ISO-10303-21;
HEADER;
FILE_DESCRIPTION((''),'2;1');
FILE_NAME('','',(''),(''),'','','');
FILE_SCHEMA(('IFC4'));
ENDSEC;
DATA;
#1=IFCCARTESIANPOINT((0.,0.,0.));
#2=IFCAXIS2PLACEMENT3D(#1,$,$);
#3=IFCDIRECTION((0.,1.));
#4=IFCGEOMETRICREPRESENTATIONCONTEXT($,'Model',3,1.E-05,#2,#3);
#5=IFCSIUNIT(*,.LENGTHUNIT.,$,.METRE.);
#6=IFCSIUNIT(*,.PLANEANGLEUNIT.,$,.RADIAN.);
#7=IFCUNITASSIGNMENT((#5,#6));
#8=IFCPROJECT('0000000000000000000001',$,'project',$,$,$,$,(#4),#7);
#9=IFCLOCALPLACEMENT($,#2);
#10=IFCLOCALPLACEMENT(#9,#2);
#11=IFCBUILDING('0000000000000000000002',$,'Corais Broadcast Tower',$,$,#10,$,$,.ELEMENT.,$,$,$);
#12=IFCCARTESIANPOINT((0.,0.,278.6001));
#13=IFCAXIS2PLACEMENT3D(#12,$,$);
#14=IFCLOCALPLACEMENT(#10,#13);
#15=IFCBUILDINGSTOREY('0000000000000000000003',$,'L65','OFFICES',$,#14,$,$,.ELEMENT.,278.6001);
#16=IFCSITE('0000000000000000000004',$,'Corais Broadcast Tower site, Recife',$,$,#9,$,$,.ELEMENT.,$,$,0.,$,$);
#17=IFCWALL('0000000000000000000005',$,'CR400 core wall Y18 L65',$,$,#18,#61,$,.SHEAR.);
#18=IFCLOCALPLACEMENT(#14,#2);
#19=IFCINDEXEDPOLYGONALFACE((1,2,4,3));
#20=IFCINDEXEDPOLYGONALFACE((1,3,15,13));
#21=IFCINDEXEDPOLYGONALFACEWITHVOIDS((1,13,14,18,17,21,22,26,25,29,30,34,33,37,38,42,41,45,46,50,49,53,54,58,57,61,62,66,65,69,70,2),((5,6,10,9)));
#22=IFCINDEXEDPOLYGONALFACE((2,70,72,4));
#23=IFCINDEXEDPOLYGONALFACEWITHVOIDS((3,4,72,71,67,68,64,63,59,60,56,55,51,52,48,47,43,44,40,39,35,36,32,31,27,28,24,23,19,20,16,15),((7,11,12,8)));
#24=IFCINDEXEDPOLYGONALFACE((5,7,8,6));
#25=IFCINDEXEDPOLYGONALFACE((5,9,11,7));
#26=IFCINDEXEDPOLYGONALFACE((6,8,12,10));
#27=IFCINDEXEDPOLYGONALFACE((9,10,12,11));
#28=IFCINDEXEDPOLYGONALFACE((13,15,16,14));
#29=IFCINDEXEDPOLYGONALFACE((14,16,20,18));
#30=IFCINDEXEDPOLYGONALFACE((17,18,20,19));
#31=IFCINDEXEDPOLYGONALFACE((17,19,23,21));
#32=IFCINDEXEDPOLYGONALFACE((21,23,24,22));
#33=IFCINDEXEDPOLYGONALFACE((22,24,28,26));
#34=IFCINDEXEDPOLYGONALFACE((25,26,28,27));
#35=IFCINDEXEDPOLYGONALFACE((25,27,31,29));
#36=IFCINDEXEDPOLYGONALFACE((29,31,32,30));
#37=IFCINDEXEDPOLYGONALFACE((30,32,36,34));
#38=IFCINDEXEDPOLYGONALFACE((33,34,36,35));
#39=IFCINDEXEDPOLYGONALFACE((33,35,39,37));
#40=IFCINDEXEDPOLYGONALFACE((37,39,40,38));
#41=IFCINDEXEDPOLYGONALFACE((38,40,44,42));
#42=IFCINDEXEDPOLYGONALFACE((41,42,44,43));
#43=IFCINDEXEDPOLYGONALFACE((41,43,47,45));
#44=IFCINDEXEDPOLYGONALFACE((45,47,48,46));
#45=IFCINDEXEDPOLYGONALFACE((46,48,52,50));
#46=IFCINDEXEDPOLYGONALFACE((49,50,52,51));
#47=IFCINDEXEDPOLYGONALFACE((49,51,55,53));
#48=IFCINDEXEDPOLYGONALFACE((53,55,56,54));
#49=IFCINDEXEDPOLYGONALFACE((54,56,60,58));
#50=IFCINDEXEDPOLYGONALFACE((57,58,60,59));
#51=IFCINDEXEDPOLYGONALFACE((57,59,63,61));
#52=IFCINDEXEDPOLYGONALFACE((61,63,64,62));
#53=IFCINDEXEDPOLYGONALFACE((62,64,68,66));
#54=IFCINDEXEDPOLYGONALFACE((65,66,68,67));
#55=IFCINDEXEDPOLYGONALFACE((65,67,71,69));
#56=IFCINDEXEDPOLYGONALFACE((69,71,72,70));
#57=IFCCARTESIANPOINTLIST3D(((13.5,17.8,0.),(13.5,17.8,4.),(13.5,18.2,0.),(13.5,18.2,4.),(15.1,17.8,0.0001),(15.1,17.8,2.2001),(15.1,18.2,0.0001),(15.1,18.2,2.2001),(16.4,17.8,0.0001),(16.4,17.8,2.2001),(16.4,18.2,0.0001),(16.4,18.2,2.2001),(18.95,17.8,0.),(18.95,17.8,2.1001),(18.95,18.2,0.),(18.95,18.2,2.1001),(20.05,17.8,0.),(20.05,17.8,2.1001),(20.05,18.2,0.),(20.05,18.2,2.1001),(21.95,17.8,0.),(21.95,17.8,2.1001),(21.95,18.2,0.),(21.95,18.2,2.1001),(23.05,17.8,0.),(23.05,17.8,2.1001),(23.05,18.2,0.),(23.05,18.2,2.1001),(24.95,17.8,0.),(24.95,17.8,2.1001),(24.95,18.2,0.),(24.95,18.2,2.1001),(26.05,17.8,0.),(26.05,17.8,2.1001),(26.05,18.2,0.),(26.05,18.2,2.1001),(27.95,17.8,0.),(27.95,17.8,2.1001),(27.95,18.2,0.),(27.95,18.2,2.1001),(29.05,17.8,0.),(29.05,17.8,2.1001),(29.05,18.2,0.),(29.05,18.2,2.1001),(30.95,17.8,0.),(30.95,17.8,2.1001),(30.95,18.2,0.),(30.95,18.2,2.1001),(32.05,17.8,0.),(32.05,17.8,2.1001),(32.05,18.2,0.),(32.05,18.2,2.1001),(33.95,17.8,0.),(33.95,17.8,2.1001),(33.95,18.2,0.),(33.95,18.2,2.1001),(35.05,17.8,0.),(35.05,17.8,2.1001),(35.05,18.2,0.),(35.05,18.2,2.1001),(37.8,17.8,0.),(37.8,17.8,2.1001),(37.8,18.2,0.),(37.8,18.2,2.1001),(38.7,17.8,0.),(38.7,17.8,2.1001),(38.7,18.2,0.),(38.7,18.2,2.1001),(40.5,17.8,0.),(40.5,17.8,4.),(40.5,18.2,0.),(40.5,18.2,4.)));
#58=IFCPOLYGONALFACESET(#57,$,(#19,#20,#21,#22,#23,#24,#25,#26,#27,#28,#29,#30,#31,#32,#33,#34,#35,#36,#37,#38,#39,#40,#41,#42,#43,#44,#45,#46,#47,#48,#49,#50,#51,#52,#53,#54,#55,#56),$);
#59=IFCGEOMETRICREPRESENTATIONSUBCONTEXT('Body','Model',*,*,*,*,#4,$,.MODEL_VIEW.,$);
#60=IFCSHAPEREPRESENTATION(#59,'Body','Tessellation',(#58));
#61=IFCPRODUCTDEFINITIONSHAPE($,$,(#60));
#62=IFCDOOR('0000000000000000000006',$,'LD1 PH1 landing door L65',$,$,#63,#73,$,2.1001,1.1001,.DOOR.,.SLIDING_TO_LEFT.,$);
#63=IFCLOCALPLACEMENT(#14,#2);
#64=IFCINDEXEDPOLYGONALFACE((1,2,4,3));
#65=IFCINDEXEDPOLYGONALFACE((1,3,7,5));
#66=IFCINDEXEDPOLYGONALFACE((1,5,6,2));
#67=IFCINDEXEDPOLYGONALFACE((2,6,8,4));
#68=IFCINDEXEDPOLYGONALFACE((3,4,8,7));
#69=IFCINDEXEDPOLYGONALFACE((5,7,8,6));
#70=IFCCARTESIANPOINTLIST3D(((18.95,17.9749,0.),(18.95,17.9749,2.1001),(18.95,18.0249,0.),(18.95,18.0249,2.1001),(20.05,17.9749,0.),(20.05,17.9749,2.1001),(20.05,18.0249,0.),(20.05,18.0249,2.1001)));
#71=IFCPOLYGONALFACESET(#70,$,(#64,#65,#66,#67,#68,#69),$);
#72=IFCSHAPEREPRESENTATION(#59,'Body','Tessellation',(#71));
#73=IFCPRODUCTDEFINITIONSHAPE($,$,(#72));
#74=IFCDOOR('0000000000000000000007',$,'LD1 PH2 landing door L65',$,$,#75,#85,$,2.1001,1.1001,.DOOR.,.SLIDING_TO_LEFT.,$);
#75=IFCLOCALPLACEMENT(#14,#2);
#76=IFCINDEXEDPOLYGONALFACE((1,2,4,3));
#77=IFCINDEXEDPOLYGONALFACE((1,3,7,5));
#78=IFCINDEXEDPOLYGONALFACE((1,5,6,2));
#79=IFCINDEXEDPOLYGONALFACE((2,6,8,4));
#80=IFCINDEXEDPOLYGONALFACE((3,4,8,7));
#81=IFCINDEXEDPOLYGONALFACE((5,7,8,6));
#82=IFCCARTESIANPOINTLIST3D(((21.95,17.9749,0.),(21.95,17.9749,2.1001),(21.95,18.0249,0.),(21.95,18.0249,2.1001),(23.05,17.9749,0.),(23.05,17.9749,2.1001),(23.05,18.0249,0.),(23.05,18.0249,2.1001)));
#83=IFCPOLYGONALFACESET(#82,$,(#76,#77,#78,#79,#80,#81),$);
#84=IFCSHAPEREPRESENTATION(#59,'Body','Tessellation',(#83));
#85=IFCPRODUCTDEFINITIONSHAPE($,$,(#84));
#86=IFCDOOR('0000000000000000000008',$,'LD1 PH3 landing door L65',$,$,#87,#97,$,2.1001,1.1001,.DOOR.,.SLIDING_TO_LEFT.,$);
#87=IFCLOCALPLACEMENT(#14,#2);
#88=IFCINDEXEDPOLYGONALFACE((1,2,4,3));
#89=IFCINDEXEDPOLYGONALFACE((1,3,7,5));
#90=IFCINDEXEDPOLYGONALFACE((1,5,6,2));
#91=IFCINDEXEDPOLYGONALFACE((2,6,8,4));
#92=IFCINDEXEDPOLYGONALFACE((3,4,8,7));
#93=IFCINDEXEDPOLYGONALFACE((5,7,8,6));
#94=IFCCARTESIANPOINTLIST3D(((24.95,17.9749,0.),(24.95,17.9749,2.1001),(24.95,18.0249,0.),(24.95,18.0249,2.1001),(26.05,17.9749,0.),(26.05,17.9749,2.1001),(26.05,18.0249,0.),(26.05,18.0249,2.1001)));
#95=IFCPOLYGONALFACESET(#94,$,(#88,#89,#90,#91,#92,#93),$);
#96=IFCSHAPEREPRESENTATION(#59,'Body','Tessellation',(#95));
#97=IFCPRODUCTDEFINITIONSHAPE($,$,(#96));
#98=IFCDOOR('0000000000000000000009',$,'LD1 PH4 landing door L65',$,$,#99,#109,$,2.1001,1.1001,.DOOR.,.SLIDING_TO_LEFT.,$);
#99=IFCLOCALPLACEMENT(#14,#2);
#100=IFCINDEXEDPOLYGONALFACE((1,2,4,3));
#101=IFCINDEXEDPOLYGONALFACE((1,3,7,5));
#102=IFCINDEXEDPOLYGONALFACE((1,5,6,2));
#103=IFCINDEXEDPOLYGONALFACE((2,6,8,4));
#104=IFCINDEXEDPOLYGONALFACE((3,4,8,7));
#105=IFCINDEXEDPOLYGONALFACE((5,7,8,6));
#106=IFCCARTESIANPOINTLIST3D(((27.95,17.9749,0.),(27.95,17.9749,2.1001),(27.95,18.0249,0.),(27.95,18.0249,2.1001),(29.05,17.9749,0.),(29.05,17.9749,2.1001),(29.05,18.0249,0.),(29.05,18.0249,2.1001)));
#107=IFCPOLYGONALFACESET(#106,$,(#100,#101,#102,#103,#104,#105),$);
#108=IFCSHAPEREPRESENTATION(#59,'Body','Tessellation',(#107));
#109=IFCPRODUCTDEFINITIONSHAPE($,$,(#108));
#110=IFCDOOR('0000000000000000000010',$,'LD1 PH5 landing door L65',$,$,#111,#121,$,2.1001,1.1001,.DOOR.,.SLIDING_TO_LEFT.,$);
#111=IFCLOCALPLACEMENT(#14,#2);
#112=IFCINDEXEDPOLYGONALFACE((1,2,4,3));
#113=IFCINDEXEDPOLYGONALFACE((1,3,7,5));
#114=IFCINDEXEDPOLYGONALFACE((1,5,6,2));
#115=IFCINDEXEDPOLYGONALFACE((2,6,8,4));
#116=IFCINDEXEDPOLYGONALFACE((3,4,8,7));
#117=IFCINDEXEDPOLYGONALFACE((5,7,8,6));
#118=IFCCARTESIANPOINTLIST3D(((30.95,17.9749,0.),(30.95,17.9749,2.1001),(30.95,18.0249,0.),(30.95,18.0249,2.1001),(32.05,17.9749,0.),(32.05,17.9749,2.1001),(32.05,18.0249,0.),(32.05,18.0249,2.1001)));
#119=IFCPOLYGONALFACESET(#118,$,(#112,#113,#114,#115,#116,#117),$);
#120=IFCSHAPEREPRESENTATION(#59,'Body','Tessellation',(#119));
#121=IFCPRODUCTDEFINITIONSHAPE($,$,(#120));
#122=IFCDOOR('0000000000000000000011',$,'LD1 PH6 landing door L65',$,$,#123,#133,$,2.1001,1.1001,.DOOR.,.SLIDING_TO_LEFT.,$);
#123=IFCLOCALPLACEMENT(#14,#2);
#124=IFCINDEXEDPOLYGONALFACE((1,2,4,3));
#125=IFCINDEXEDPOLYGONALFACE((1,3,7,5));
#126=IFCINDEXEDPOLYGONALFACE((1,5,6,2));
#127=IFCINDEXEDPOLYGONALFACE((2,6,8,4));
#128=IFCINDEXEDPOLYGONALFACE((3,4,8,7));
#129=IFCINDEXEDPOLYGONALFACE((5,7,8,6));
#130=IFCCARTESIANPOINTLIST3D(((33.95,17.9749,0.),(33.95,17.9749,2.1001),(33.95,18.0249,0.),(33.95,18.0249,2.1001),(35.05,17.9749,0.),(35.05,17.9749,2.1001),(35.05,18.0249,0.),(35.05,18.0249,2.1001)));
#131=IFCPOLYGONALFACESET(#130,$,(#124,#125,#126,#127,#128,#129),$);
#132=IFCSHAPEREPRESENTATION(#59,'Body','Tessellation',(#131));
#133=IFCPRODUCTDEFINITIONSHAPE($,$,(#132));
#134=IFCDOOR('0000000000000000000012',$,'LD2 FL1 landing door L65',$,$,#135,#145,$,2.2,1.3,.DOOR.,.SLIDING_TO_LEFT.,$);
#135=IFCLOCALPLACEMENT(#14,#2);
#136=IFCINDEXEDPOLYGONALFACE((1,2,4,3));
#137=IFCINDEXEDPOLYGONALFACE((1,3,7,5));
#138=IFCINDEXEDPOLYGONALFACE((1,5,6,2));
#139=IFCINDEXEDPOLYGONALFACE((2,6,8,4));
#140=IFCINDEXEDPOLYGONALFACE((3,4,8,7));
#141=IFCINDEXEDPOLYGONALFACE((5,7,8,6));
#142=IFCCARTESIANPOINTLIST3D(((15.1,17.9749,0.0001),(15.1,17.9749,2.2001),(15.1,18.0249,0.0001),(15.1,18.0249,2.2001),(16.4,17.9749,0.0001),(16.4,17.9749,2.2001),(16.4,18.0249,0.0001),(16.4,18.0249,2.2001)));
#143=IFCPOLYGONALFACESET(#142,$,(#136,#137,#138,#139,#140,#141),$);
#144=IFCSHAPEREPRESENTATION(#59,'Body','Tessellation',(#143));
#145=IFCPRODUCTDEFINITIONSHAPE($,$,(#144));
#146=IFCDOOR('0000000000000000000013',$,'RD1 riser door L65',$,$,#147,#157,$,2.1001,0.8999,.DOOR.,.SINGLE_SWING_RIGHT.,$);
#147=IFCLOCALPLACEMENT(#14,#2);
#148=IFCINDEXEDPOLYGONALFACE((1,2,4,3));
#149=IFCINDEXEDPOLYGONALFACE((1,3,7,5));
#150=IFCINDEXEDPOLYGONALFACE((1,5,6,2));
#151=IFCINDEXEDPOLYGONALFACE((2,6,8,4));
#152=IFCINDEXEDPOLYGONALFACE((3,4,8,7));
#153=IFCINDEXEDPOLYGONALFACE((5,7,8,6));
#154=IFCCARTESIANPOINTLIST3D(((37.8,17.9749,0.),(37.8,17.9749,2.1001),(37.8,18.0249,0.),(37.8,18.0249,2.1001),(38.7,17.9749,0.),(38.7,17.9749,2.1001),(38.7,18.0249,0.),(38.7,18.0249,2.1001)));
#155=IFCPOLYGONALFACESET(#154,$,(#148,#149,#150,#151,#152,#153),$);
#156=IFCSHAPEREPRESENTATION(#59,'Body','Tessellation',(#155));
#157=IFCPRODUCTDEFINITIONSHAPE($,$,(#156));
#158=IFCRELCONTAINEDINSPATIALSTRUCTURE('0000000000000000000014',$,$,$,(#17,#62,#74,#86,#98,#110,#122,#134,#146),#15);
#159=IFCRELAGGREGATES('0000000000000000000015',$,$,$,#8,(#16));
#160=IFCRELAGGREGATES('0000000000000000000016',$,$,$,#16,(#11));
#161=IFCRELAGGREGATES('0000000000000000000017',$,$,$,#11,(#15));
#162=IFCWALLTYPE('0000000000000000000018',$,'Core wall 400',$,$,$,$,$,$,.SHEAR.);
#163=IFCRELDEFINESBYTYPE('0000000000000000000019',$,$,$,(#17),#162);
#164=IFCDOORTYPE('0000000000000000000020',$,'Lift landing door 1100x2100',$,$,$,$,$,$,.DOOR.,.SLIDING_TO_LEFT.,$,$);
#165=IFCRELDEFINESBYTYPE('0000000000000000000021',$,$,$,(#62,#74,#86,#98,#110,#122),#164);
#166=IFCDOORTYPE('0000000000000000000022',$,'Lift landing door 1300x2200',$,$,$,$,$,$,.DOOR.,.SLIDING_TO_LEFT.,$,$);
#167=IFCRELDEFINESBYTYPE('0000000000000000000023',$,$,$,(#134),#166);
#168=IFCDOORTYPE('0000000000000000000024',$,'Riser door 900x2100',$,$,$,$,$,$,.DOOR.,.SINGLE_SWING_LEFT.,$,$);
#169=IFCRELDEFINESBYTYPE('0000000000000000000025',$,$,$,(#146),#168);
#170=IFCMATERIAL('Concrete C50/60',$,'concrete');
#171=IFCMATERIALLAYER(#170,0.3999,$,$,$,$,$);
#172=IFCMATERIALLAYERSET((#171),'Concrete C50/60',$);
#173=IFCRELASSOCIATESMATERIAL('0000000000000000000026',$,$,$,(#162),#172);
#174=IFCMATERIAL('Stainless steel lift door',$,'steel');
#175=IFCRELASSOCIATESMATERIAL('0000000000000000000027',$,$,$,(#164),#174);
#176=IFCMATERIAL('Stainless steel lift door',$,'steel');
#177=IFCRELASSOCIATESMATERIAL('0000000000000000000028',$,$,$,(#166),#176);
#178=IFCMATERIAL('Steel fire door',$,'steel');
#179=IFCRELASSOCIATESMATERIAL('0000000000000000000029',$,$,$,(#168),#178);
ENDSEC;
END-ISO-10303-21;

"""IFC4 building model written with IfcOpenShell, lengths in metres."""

from ifc_helpers import new_model, si_unit, direction, frame, frame_2d, origin, place, context, subcontext, project, spatial, rectangle, extrude, material, layer, layer_set, type_object, element, fill, save


model = new_model("IFC4")

# Units and contexts
model_context = context("Model", 3, precision=1e-05, world=origin(), true_north=direction((0.0, 1.0)))
body_context = subcontext(model_context, "Body", "Model", "MODEL_VIEW")
ifc_project = project(units=[si_unit("LENGTHUNIT", "METRE"), si_unit("PLANEANGLEUNIT", "RADIAN")], contexts=[model_context])

# Site, building, storey
site_placement = place(None, origin())
site = spatial("IfcSite", under=ifc_project, at=site_placement, Name="Corais Broadcast Tower site, Recife", CompositionType="ELEMENT", RefElevation=0.0)
building_placement = place(site_placement, origin())
building = spatial("IfcBuilding", under=site, at=building_placement, Name="Corais Broadcast Tower", CompositionType="ELEMENT")
storey_placement = place(building_placement, frame((0.0, 0.0, 278.6001)))
storey = spatial("IfcBuildingStorey", under=building, at=storey_placement, Name="L65", Description="OFFICES", CompositionType="ELEMENT", Elevation=278.6001)

# Shared definitions
ifc_material_1 = material(Name="Concrete C50/60", Category="concrete")
ifc_layer_1 = layer(ifc_material_1, 0.3999)
ifc_layer_set_1 = layer_set([ifc_layer_1], Name="Concrete C50/60")
wall_type_1 = type_object("IfcWallType", Name="Core wall 400", PredefinedType="SHEAR", material=ifc_layer_set_1)

# Wall, openings, doors
wall_1_placement = place(storey_placement, frame((13.5, 18.0, 0.0), z_axis=(0.0, 0.0, 1.0), x_axis=(1.0, 0.0, 0.0)))
wall_1 = element("IfcWall", 1, at=wall_1_placement, inside=storey, type_object=wall_type_1, Name="CR400 core wall Y18 L65", PredefinedType="SHEAR", context=body_context, shape_type="SweptSolid", body=[
    extrude(rectangle(XDim=27.0, YDim=0.3999, at=frame_2d((13.5, 0.0))), origin(), (0.0, 0.0, 1.0), 4.0),
])
opening_1_placement = place(wall_1_placement, frame((24.3, 0.0, 0.0)))
opening_1 = element("IfcOpeningElement", 2, at=opening_1_placement, cuts=wall_1, PredefinedType="OPENING", context=body_context, shape_type="SweptSolid", body=[
    extrude(rectangle(XDim=0.8999, YDim=2.1001, at=frame_2d((0.45, 1.05))), frame((0.0, 0.21, 0.0), z_axis=(0.0, -1.0, 0.0), x_axis=(1.0, 0.0, 0.0)), (0.0, 0.0, 1.0), 0.4199),
])
opening_2_placement = place(wall_1_placement, frame((5.45, 0.0, 0.0)))
opening_2 = element("IfcOpeningElement", 3, at=opening_2_placement, cuts=wall_1, PredefinedType="OPENING", context=body_context, shape_type="SweptSolid", body=[
    extrude(rectangle(XDim=1.1001, YDim=2.1001, at=frame_2d((0.55, 1.05))), frame((0.0, 0.21, 0.0), z_axis=(0.0, -1.0, 0.0), x_axis=(1.0, 0.0, 0.0)), (0.0, 0.0, 1.0), 0.4199),
])
opening_3_placement = place(wall_1_placement, frame((8.45, 0.0, 0.0)))
opening_3 = element("IfcOpeningElement", 4, at=opening_3_placement, cuts=wall_1, PredefinedType="OPENING", context=body_context, shape_type="SweptSolid", body=[
    extrude(rectangle(XDim=1.1001, YDim=2.1001, at=frame_2d((0.55, 1.05))), frame((0.0, 0.21, 0.0), z_axis=(0.0, -1.0, 0.0), x_axis=(1.0, 0.0, 0.0)), (0.0, 0.0, 1.0), 0.4199),
])
opening_4_placement = place(wall_1_placement, frame((11.45, 0.0, 0.0)))
opening_4 = element("IfcOpeningElement", 5, at=opening_4_placement, cuts=wall_1, PredefinedType="OPENING", context=body_context, shape_type="SweptSolid", body=[
    extrude(rectangle(XDim=1.1001, YDim=2.1001, at=frame_2d((0.55, 1.05))), frame((0.0, 0.21, 0.0), z_axis=(0.0, -1.0, 0.0), x_axis=(1.0, 0.0, 0.0)), (0.0, 0.0, 1.0), 0.4199),
])
opening_5_placement = place(wall_1_placement, frame((14.45, 0.0, 0.0)))
opening_5 = element("IfcOpeningElement", 6, at=opening_5_placement, cuts=wall_1, PredefinedType="OPENING", context=body_context, shape_type="SweptSolid", body=[
    extrude(rectangle(XDim=1.1001, YDim=2.1001, at=frame_2d((0.55, 1.05))), frame((0.0, 0.21, 0.0), z_axis=(0.0, -1.0, 0.0), x_axis=(1.0, 0.0, 0.0)), (0.0, 0.0, 1.0), 0.4199),
])
opening_6_placement = place(wall_1_placement, frame((17.45, 0.0, 0.0)))
opening_6 = element("IfcOpeningElement", 7, at=opening_6_placement, cuts=wall_1, PredefinedType="OPENING", context=body_context, shape_type="SweptSolid", body=[
    extrude(rectangle(XDim=1.1001, YDim=2.1001, at=frame_2d((0.55, 1.05))), frame((0.0, 0.21, 0.0), z_axis=(0.0, -1.0, 0.0), x_axis=(1.0, 0.0, 0.0)), (0.0, 0.0, 1.0), 0.4199),
])
opening_7_placement = place(wall_1_placement, frame((20.45, 0.0, 0.0)))
opening_7 = element("IfcOpeningElement", 8, at=opening_7_placement, cuts=wall_1, PredefinedType="OPENING", context=body_context, shape_type="SweptSolid", body=[
    extrude(rectangle(XDim=1.1001, YDim=2.1001, at=frame_2d((0.55, 1.05))), frame((0.0, 0.21, 0.0), z_axis=(0.0, -1.0, 0.0), x_axis=(1.0, 0.0, 0.0)), (0.0, 0.0, 1.0), 0.4199),
])
opening_8_placement = place(wall_1_placement, frame((1.6001, 0.0, 0.0)))
opening_8 = element("IfcOpeningElement", 9, at=opening_8_placement, cuts=wall_1, PredefinedType="OPENING", context=body_context, shape_type="SweptSolid", body=[
    extrude(rectangle(XDim=1.3, YDim=2.2, at=frame_2d((0.6499, 1.1001))), frame((0.0, 0.21, 0.0), z_axis=(0.0, -1.0, 0.0), x_axis=(1.0, 0.0, 0.0)), (0.0, 0.0, 1.0), 0.4199),
])
ifc_material_2 = material(Name="Stainless steel lift door", Category="steel")
door_type_1 = type_object("IfcDoorType", Name="Lift landing door 1100x2100", OperationType="SLIDING_TO_LEFT", PredefinedType="DOOR", material=ifc_material_2)
door_1_placement = place(opening_2_placement, origin())
door_1 = element("IfcDoor", 10, at=door_1_placement, inside=storey, type_object=door_type_1, Name="LD1 PH1 landing door L65", OperationType="SLIDING_TO_LEFT", OverallHeight=2.1001, OverallWidth=1.1001, PredefinedType="DOOR", context=body_context, shape_type="SweptSolid", body=[
    extrude(rectangle(XDim=1.1001, YDim=2.1001, at=frame_2d((0.55, 1.05))), frame((0.0, 0.0249, 0.0), z_axis=(0.0, -1.0, 0.0), x_axis=(1.0, 0.0, 0.0)), (0.0, 0.0, 1.0), 0.05),
])
fill(opening_2, door_1)
door_2_placement = place(opening_3_placement, origin())
door_2 = element("IfcDoor", 11, at=door_2_placement, inside=storey, type_object=door_type_1, Name="LD1 PH2 landing door L65", OperationType="SLIDING_TO_LEFT", OverallHeight=2.1001, OverallWidth=1.1001, PredefinedType="DOOR", context=body_context, shape_type="SweptSolid", body=[
    extrude(rectangle(XDim=1.1001, YDim=2.1001, at=frame_2d((0.55, 1.05))), frame((0.0, 0.0249, 0.0), z_axis=(0.0, -1.0, 0.0), x_axis=(1.0, 0.0, 0.0)), (0.0, 0.0, 1.0), 0.05),
])
fill(opening_3, door_2)
door_3_placement = place(opening_4_placement, origin())
door_3 = element("IfcDoor", 12, at=door_3_placement, inside=storey, type_object=door_type_1, Name="LD1 PH3 landing door L65", OperationType="SLIDING_TO_LEFT", OverallHeight=2.1001, OverallWidth=1.1001, PredefinedType="DOOR", context=body_context, shape_type="SweptSolid", body=[
    extrude(rectangle(XDim=1.1001, YDim=2.1001, at=frame_2d((0.55, 1.05))), frame((0.0, 0.0249, 0.0), z_axis=(0.0, -1.0, 0.0), x_axis=(1.0, 0.0, 0.0)), (0.0, 0.0, 1.0), 0.05),
])
fill(opening_4, door_3)
door_4_placement = place(opening_5_placement, origin())
door_4 = element("IfcDoor", 13, at=door_4_placement, inside=storey, type_object=door_type_1, Name="LD1 PH4 landing door L65", OperationType="SLIDING_TO_LEFT", OverallHeight=2.1001, OverallWidth=1.1001, PredefinedType="DOOR", context=body_context, shape_type="SweptSolid", body=[
    extrude(rectangle(XDim=1.1001, YDim=2.1001, at=frame_2d((0.55, 1.05))), frame((0.0, 0.0249, 0.0), z_axis=(0.0, -1.0, 0.0), x_axis=(1.0, 0.0, 0.0)), (0.0, 0.0, 1.0), 0.05),
])
fill(opening_5, door_4)
door_5_placement = place(opening_6_placement, origin())
door_5 = element("IfcDoor", 14, at=door_5_placement, inside=storey, type_object=door_type_1, Name="LD1 PH5 landing door L65", OperationType="SLIDING_TO_LEFT", OverallHeight=2.1001, OverallWidth=1.1001, PredefinedType="DOOR", context=body_context, shape_type="SweptSolid", body=[
    extrude(rectangle(XDim=1.1001, YDim=2.1001, at=frame_2d((0.55, 1.05))), frame((0.0, 0.0249, 0.0), z_axis=(0.0, -1.0, 0.0), x_axis=(1.0, 0.0, 0.0)), (0.0, 0.0, 1.0), 0.05),
])
fill(opening_6, door_5)
door_6_placement = place(opening_7_placement, origin())
door_6 = element("IfcDoor", 15, at=door_6_placement, inside=storey, type_object=door_type_1, Name="LD1 PH6 landing door L65", OperationType="SLIDING_TO_LEFT", OverallHeight=2.1001, OverallWidth=1.1001, PredefinedType="DOOR", context=body_context, shape_type="SweptSolid", body=[
    extrude(rectangle(XDim=1.1001, YDim=2.1001, at=frame_2d((0.55, 1.05))), frame((0.0, 0.0249, 0.0), z_axis=(0.0, -1.0, 0.0), x_axis=(1.0, 0.0, 0.0)), (0.0, 0.0, 1.0), 0.05),
])
fill(opening_7, door_6)
ifc_material_3 = material(Name="Stainless steel lift door", Category="steel")
door_type_2 = type_object("IfcDoorType", Name="Lift landing door 1300x2200", OperationType="SLIDING_TO_LEFT", PredefinedType="DOOR", material=ifc_material_3)
door_7_placement = place(opening_8_placement, origin())
door_7 = element("IfcDoor", 16, at=door_7_placement, inside=storey, type_object=door_type_2, Name="LD2 FL1 landing door L65", OperationType="SLIDING_TO_LEFT", OverallHeight=2.2, OverallWidth=1.3, PredefinedType="DOOR", context=body_context, shape_type="SweptSolid", body=[
    extrude(rectangle(XDim=1.3, YDim=2.2, at=frame_2d((0.6499, 1.1001))), frame((0.0, 0.0249, 0.0), z_axis=(0.0, -1.0, 0.0), x_axis=(1.0, 0.0, 0.0)), (0.0, 0.0, 1.0), 0.05),
])
fill(opening_8, door_7)
ifc_material_4 = material(Name="Steel fire door", Category="steel")
door_type_3 = type_object("IfcDoorType", Name="Riser door 900x2100", OperationType="SINGLE_SWING_LEFT", PredefinedType="DOOR", material=ifc_material_4)
door_8_placement = place(opening_1_placement, origin())
door_8 = element("IfcDoor", 17, at=door_8_placement, inside=storey, type_object=door_type_3, Name="RD1 riser door L65", OperationType="SINGLE_SWING_RIGHT", OverallHeight=2.1001, OverallWidth=0.8999, PredefinedType="DOOR", context=body_context, shape_type="SweptSolid", body=[
    extrude(rectangle(XDim=0.8999, YDim=2.1001, at=frame_2d((0.45, 1.05))), frame((0.0, 0.0249, 0.0), z_axis=(0.0, -1.0, 0.0), x_axis=(1.0, 0.0, 0.0)), (0.0, 0.0, 1.0), 0.05),
])
fill(opening_1, door_8)

save(model, "model.ifc")
